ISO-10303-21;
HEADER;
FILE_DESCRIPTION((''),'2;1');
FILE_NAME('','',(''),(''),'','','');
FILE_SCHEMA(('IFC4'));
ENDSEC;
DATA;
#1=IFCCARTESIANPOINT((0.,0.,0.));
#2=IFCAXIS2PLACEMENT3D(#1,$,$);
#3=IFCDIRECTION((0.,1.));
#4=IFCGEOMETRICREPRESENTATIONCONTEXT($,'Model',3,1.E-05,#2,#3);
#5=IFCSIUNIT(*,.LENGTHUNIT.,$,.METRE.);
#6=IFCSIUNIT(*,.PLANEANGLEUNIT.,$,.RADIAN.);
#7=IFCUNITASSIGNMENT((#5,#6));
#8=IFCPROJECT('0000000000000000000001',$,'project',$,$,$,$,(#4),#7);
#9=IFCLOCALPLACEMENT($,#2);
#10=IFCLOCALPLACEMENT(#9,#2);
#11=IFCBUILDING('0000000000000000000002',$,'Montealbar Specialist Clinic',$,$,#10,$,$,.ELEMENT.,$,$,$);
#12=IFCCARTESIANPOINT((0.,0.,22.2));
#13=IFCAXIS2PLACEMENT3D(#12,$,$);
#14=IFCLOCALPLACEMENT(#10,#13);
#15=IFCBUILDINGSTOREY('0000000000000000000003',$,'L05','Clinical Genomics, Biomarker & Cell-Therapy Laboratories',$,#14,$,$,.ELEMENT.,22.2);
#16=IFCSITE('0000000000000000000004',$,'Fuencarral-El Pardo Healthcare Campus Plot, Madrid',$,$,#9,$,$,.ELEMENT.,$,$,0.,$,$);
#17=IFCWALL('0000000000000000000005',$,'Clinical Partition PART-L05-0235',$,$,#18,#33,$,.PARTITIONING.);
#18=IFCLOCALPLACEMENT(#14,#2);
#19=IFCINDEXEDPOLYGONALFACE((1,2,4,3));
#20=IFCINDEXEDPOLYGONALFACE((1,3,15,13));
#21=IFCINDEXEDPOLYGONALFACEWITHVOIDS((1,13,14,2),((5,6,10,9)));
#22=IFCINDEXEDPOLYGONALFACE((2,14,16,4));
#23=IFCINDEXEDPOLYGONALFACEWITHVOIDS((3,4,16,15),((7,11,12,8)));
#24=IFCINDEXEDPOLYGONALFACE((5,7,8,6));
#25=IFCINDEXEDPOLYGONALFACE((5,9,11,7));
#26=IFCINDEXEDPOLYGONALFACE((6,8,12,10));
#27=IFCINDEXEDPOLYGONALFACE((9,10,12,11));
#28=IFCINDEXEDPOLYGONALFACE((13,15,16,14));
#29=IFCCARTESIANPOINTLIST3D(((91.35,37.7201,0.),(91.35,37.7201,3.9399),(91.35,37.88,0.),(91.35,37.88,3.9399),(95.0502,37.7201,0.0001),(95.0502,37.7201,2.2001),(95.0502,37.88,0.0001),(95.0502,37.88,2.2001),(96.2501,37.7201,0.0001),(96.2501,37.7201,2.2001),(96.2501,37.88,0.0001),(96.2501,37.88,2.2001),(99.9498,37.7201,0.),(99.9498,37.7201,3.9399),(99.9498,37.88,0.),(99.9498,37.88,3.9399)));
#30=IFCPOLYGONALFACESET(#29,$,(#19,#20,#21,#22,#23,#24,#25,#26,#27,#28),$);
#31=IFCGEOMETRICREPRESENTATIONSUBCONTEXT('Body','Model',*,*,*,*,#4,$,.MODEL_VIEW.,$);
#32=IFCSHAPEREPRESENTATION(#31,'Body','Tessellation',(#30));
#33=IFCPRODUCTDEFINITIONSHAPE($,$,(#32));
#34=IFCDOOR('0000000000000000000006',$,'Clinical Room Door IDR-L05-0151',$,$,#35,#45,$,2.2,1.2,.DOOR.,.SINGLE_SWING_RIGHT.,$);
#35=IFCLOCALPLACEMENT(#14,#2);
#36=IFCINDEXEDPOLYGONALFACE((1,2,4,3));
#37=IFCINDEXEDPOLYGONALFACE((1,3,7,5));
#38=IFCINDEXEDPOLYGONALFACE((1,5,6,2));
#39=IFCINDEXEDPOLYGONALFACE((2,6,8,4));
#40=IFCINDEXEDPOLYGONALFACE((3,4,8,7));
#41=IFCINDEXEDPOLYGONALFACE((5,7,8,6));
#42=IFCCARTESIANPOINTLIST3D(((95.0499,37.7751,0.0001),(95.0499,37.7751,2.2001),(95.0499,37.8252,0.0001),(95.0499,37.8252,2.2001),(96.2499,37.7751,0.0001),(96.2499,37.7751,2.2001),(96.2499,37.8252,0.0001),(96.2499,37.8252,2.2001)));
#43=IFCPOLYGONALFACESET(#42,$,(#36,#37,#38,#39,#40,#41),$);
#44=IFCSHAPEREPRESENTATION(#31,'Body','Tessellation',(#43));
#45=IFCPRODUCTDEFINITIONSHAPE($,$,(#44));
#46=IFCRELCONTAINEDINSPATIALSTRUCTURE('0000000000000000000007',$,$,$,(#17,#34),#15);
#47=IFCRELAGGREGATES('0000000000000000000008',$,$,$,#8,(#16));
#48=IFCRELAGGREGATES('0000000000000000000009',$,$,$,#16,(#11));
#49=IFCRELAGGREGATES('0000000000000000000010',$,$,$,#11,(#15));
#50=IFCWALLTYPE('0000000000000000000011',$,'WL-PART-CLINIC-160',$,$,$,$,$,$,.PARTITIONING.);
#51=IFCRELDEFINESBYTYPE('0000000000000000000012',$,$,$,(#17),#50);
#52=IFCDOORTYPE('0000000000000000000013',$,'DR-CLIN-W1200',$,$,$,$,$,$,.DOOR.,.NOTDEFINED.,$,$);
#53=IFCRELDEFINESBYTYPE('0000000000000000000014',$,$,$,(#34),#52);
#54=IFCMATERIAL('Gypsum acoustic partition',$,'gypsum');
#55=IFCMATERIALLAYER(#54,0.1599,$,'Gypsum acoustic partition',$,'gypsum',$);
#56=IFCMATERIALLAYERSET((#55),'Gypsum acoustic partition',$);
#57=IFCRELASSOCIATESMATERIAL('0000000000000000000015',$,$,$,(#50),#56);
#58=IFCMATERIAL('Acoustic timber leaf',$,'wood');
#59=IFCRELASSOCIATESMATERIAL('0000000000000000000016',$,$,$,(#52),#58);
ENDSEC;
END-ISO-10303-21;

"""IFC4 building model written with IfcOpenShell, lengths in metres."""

from ifc_helpers import new_model, si_unit, direction, frame, frame_2d, origin, place, context, subcontext, project, spatial, rectangle, extrude, material, layer, layer_set, type_object, element, fill, save


model = new_model("IFC4")

# Units and contexts
model_context = context("Model", 3, precision=1e-05, world=origin(), true_north=direction((0.0, 1.0)))
body_context = subcontext(model_context, "Body", "Model", "MODEL_VIEW")
ifc_project = project(units=[si_unit("LENGTHUNIT", "METRE"), si_unit("PLANEANGLEUNIT", "RADIAN")], contexts=[model_context])

# Site, building, storey
site_placement = place(None, origin())
site = spatial("IfcSite", under=ifc_project, at=site_placement, Name="Fuencarral-El Pardo Healthcare Campus Plot, Madrid", CompositionType="ELEMENT", RefElevation=0.0)
building_placement = place(site_placement, origin())
building = spatial("IfcBuilding", under=site, at=building_placement, Name="Montealbar Specialist Clinic", CompositionType="ELEMENT")
storey_placement = place(building_placement, frame((0.0, 0.0, 22.2)))
storey = spatial("IfcBuildingStorey", under=building, at=storey_placement, Name="L05", Description="Clinical Genomics, Biomarker & Cell-Therapy Laboratories", CompositionType="ELEMENT", Elevation=22.2)

# Wall, opening, door
ifc_material_1 = material(Name="Gypsum acoustic partition", Category="gypsum")
ifc_layer_1 = layer(ifc_material_1, 0.1599, Name="Gypsum acoustic partition", Category="gypsum")
ifc_layer_set_1 = layer_set([ifc_layer_1], Name="Gypsum acoustic partition")
wall_type = type_object("IfcWallType", Name="WL-PART-CLINIC-160", PredefinedType="PARTITIONING", material=ifc_layer_set_1)
ifc_material_2 = material(Name="Acoustic timber leaf", Category="wood")
wall_1_placement = place(storey_placement, frame((91.3501, 37.8, 0.0), z_axis=(0.0, 0.0, 1.0), x_axis=(1.0, 0.0, 0.0)))
wall_1 = element("IfcWall", 1, at=wall_1_placement, inside=storey, type_object=wall_type, Name="Clinical Partition PART-L05-0235", PredefinedType="PARTITIONING", context=body_context, shape_type="SweptSolid", body=[
    extrude(rectangle(XDim=8.5999, YDim=0.1599, at=frame_2d((4.2998, 0.0))), origin(), (0.0, 0.0, 1.0), 3.9399),
])
opening_1_placement = place(wall_1_placement, frame((3.7, 0.0, 0.0)))
opening_1 = element("IfcOpeningElement", 2, at=opening_1_placement, cuts=wall_1, PredefinedType="OPENING", context=body_context, shape_type="SweptSolid", body=[
    extrude(rectangle(XDim=1.2, YDim=2.2, at=frame_2d((0.6001, 1.1001))), frame((0.0, 0.0898, 0.0), z_axis=(0.0, -1.0, 0.0), x_axis=(1.0, 0.0, 0.0)), (0.0, 0.0, 1.0), 0.1799),
])
door_type_1 = type_object("IfcDoorType", Name="DR-CLIN-W1200", OperationType="NOTDEFINED", PredefinedType="DOOR", material=ifc_material_2)
door_1_placement = place(opening_1_placement, frame((1.2, 0.0, 0.0), z_axis=(0.0, 0.0, 1.0), x_axis=(-1.0, 0.0, 0.0)))
door_1 = element("IfcDoor", 3, at=door_1_placement, inside=storey, type_object=door_type_1, Name="Clinical Room Door IDR-L05-0151", OperationType="SINGLE_SWING_RIGHT", OverallHeight=2.2, OverallWidth=1.2, PredefinedType="DOOR", context=body_context, shape_type="SweptSolid", body=[
    extrude(rectangle(XDim=1.2, YDim=2.2, at=frame_2d((0.6001, 1.1001))), frame((0.0, 0.0249, 0.0), z_axis=(0.0, -1.0, 0.0), x_axis=(1.0, 0.0, 0.0)), (0.0, 0.0, 1.0), 0.05),
])
fill(opening_1, door_1)

save(model, "model.ifc")
